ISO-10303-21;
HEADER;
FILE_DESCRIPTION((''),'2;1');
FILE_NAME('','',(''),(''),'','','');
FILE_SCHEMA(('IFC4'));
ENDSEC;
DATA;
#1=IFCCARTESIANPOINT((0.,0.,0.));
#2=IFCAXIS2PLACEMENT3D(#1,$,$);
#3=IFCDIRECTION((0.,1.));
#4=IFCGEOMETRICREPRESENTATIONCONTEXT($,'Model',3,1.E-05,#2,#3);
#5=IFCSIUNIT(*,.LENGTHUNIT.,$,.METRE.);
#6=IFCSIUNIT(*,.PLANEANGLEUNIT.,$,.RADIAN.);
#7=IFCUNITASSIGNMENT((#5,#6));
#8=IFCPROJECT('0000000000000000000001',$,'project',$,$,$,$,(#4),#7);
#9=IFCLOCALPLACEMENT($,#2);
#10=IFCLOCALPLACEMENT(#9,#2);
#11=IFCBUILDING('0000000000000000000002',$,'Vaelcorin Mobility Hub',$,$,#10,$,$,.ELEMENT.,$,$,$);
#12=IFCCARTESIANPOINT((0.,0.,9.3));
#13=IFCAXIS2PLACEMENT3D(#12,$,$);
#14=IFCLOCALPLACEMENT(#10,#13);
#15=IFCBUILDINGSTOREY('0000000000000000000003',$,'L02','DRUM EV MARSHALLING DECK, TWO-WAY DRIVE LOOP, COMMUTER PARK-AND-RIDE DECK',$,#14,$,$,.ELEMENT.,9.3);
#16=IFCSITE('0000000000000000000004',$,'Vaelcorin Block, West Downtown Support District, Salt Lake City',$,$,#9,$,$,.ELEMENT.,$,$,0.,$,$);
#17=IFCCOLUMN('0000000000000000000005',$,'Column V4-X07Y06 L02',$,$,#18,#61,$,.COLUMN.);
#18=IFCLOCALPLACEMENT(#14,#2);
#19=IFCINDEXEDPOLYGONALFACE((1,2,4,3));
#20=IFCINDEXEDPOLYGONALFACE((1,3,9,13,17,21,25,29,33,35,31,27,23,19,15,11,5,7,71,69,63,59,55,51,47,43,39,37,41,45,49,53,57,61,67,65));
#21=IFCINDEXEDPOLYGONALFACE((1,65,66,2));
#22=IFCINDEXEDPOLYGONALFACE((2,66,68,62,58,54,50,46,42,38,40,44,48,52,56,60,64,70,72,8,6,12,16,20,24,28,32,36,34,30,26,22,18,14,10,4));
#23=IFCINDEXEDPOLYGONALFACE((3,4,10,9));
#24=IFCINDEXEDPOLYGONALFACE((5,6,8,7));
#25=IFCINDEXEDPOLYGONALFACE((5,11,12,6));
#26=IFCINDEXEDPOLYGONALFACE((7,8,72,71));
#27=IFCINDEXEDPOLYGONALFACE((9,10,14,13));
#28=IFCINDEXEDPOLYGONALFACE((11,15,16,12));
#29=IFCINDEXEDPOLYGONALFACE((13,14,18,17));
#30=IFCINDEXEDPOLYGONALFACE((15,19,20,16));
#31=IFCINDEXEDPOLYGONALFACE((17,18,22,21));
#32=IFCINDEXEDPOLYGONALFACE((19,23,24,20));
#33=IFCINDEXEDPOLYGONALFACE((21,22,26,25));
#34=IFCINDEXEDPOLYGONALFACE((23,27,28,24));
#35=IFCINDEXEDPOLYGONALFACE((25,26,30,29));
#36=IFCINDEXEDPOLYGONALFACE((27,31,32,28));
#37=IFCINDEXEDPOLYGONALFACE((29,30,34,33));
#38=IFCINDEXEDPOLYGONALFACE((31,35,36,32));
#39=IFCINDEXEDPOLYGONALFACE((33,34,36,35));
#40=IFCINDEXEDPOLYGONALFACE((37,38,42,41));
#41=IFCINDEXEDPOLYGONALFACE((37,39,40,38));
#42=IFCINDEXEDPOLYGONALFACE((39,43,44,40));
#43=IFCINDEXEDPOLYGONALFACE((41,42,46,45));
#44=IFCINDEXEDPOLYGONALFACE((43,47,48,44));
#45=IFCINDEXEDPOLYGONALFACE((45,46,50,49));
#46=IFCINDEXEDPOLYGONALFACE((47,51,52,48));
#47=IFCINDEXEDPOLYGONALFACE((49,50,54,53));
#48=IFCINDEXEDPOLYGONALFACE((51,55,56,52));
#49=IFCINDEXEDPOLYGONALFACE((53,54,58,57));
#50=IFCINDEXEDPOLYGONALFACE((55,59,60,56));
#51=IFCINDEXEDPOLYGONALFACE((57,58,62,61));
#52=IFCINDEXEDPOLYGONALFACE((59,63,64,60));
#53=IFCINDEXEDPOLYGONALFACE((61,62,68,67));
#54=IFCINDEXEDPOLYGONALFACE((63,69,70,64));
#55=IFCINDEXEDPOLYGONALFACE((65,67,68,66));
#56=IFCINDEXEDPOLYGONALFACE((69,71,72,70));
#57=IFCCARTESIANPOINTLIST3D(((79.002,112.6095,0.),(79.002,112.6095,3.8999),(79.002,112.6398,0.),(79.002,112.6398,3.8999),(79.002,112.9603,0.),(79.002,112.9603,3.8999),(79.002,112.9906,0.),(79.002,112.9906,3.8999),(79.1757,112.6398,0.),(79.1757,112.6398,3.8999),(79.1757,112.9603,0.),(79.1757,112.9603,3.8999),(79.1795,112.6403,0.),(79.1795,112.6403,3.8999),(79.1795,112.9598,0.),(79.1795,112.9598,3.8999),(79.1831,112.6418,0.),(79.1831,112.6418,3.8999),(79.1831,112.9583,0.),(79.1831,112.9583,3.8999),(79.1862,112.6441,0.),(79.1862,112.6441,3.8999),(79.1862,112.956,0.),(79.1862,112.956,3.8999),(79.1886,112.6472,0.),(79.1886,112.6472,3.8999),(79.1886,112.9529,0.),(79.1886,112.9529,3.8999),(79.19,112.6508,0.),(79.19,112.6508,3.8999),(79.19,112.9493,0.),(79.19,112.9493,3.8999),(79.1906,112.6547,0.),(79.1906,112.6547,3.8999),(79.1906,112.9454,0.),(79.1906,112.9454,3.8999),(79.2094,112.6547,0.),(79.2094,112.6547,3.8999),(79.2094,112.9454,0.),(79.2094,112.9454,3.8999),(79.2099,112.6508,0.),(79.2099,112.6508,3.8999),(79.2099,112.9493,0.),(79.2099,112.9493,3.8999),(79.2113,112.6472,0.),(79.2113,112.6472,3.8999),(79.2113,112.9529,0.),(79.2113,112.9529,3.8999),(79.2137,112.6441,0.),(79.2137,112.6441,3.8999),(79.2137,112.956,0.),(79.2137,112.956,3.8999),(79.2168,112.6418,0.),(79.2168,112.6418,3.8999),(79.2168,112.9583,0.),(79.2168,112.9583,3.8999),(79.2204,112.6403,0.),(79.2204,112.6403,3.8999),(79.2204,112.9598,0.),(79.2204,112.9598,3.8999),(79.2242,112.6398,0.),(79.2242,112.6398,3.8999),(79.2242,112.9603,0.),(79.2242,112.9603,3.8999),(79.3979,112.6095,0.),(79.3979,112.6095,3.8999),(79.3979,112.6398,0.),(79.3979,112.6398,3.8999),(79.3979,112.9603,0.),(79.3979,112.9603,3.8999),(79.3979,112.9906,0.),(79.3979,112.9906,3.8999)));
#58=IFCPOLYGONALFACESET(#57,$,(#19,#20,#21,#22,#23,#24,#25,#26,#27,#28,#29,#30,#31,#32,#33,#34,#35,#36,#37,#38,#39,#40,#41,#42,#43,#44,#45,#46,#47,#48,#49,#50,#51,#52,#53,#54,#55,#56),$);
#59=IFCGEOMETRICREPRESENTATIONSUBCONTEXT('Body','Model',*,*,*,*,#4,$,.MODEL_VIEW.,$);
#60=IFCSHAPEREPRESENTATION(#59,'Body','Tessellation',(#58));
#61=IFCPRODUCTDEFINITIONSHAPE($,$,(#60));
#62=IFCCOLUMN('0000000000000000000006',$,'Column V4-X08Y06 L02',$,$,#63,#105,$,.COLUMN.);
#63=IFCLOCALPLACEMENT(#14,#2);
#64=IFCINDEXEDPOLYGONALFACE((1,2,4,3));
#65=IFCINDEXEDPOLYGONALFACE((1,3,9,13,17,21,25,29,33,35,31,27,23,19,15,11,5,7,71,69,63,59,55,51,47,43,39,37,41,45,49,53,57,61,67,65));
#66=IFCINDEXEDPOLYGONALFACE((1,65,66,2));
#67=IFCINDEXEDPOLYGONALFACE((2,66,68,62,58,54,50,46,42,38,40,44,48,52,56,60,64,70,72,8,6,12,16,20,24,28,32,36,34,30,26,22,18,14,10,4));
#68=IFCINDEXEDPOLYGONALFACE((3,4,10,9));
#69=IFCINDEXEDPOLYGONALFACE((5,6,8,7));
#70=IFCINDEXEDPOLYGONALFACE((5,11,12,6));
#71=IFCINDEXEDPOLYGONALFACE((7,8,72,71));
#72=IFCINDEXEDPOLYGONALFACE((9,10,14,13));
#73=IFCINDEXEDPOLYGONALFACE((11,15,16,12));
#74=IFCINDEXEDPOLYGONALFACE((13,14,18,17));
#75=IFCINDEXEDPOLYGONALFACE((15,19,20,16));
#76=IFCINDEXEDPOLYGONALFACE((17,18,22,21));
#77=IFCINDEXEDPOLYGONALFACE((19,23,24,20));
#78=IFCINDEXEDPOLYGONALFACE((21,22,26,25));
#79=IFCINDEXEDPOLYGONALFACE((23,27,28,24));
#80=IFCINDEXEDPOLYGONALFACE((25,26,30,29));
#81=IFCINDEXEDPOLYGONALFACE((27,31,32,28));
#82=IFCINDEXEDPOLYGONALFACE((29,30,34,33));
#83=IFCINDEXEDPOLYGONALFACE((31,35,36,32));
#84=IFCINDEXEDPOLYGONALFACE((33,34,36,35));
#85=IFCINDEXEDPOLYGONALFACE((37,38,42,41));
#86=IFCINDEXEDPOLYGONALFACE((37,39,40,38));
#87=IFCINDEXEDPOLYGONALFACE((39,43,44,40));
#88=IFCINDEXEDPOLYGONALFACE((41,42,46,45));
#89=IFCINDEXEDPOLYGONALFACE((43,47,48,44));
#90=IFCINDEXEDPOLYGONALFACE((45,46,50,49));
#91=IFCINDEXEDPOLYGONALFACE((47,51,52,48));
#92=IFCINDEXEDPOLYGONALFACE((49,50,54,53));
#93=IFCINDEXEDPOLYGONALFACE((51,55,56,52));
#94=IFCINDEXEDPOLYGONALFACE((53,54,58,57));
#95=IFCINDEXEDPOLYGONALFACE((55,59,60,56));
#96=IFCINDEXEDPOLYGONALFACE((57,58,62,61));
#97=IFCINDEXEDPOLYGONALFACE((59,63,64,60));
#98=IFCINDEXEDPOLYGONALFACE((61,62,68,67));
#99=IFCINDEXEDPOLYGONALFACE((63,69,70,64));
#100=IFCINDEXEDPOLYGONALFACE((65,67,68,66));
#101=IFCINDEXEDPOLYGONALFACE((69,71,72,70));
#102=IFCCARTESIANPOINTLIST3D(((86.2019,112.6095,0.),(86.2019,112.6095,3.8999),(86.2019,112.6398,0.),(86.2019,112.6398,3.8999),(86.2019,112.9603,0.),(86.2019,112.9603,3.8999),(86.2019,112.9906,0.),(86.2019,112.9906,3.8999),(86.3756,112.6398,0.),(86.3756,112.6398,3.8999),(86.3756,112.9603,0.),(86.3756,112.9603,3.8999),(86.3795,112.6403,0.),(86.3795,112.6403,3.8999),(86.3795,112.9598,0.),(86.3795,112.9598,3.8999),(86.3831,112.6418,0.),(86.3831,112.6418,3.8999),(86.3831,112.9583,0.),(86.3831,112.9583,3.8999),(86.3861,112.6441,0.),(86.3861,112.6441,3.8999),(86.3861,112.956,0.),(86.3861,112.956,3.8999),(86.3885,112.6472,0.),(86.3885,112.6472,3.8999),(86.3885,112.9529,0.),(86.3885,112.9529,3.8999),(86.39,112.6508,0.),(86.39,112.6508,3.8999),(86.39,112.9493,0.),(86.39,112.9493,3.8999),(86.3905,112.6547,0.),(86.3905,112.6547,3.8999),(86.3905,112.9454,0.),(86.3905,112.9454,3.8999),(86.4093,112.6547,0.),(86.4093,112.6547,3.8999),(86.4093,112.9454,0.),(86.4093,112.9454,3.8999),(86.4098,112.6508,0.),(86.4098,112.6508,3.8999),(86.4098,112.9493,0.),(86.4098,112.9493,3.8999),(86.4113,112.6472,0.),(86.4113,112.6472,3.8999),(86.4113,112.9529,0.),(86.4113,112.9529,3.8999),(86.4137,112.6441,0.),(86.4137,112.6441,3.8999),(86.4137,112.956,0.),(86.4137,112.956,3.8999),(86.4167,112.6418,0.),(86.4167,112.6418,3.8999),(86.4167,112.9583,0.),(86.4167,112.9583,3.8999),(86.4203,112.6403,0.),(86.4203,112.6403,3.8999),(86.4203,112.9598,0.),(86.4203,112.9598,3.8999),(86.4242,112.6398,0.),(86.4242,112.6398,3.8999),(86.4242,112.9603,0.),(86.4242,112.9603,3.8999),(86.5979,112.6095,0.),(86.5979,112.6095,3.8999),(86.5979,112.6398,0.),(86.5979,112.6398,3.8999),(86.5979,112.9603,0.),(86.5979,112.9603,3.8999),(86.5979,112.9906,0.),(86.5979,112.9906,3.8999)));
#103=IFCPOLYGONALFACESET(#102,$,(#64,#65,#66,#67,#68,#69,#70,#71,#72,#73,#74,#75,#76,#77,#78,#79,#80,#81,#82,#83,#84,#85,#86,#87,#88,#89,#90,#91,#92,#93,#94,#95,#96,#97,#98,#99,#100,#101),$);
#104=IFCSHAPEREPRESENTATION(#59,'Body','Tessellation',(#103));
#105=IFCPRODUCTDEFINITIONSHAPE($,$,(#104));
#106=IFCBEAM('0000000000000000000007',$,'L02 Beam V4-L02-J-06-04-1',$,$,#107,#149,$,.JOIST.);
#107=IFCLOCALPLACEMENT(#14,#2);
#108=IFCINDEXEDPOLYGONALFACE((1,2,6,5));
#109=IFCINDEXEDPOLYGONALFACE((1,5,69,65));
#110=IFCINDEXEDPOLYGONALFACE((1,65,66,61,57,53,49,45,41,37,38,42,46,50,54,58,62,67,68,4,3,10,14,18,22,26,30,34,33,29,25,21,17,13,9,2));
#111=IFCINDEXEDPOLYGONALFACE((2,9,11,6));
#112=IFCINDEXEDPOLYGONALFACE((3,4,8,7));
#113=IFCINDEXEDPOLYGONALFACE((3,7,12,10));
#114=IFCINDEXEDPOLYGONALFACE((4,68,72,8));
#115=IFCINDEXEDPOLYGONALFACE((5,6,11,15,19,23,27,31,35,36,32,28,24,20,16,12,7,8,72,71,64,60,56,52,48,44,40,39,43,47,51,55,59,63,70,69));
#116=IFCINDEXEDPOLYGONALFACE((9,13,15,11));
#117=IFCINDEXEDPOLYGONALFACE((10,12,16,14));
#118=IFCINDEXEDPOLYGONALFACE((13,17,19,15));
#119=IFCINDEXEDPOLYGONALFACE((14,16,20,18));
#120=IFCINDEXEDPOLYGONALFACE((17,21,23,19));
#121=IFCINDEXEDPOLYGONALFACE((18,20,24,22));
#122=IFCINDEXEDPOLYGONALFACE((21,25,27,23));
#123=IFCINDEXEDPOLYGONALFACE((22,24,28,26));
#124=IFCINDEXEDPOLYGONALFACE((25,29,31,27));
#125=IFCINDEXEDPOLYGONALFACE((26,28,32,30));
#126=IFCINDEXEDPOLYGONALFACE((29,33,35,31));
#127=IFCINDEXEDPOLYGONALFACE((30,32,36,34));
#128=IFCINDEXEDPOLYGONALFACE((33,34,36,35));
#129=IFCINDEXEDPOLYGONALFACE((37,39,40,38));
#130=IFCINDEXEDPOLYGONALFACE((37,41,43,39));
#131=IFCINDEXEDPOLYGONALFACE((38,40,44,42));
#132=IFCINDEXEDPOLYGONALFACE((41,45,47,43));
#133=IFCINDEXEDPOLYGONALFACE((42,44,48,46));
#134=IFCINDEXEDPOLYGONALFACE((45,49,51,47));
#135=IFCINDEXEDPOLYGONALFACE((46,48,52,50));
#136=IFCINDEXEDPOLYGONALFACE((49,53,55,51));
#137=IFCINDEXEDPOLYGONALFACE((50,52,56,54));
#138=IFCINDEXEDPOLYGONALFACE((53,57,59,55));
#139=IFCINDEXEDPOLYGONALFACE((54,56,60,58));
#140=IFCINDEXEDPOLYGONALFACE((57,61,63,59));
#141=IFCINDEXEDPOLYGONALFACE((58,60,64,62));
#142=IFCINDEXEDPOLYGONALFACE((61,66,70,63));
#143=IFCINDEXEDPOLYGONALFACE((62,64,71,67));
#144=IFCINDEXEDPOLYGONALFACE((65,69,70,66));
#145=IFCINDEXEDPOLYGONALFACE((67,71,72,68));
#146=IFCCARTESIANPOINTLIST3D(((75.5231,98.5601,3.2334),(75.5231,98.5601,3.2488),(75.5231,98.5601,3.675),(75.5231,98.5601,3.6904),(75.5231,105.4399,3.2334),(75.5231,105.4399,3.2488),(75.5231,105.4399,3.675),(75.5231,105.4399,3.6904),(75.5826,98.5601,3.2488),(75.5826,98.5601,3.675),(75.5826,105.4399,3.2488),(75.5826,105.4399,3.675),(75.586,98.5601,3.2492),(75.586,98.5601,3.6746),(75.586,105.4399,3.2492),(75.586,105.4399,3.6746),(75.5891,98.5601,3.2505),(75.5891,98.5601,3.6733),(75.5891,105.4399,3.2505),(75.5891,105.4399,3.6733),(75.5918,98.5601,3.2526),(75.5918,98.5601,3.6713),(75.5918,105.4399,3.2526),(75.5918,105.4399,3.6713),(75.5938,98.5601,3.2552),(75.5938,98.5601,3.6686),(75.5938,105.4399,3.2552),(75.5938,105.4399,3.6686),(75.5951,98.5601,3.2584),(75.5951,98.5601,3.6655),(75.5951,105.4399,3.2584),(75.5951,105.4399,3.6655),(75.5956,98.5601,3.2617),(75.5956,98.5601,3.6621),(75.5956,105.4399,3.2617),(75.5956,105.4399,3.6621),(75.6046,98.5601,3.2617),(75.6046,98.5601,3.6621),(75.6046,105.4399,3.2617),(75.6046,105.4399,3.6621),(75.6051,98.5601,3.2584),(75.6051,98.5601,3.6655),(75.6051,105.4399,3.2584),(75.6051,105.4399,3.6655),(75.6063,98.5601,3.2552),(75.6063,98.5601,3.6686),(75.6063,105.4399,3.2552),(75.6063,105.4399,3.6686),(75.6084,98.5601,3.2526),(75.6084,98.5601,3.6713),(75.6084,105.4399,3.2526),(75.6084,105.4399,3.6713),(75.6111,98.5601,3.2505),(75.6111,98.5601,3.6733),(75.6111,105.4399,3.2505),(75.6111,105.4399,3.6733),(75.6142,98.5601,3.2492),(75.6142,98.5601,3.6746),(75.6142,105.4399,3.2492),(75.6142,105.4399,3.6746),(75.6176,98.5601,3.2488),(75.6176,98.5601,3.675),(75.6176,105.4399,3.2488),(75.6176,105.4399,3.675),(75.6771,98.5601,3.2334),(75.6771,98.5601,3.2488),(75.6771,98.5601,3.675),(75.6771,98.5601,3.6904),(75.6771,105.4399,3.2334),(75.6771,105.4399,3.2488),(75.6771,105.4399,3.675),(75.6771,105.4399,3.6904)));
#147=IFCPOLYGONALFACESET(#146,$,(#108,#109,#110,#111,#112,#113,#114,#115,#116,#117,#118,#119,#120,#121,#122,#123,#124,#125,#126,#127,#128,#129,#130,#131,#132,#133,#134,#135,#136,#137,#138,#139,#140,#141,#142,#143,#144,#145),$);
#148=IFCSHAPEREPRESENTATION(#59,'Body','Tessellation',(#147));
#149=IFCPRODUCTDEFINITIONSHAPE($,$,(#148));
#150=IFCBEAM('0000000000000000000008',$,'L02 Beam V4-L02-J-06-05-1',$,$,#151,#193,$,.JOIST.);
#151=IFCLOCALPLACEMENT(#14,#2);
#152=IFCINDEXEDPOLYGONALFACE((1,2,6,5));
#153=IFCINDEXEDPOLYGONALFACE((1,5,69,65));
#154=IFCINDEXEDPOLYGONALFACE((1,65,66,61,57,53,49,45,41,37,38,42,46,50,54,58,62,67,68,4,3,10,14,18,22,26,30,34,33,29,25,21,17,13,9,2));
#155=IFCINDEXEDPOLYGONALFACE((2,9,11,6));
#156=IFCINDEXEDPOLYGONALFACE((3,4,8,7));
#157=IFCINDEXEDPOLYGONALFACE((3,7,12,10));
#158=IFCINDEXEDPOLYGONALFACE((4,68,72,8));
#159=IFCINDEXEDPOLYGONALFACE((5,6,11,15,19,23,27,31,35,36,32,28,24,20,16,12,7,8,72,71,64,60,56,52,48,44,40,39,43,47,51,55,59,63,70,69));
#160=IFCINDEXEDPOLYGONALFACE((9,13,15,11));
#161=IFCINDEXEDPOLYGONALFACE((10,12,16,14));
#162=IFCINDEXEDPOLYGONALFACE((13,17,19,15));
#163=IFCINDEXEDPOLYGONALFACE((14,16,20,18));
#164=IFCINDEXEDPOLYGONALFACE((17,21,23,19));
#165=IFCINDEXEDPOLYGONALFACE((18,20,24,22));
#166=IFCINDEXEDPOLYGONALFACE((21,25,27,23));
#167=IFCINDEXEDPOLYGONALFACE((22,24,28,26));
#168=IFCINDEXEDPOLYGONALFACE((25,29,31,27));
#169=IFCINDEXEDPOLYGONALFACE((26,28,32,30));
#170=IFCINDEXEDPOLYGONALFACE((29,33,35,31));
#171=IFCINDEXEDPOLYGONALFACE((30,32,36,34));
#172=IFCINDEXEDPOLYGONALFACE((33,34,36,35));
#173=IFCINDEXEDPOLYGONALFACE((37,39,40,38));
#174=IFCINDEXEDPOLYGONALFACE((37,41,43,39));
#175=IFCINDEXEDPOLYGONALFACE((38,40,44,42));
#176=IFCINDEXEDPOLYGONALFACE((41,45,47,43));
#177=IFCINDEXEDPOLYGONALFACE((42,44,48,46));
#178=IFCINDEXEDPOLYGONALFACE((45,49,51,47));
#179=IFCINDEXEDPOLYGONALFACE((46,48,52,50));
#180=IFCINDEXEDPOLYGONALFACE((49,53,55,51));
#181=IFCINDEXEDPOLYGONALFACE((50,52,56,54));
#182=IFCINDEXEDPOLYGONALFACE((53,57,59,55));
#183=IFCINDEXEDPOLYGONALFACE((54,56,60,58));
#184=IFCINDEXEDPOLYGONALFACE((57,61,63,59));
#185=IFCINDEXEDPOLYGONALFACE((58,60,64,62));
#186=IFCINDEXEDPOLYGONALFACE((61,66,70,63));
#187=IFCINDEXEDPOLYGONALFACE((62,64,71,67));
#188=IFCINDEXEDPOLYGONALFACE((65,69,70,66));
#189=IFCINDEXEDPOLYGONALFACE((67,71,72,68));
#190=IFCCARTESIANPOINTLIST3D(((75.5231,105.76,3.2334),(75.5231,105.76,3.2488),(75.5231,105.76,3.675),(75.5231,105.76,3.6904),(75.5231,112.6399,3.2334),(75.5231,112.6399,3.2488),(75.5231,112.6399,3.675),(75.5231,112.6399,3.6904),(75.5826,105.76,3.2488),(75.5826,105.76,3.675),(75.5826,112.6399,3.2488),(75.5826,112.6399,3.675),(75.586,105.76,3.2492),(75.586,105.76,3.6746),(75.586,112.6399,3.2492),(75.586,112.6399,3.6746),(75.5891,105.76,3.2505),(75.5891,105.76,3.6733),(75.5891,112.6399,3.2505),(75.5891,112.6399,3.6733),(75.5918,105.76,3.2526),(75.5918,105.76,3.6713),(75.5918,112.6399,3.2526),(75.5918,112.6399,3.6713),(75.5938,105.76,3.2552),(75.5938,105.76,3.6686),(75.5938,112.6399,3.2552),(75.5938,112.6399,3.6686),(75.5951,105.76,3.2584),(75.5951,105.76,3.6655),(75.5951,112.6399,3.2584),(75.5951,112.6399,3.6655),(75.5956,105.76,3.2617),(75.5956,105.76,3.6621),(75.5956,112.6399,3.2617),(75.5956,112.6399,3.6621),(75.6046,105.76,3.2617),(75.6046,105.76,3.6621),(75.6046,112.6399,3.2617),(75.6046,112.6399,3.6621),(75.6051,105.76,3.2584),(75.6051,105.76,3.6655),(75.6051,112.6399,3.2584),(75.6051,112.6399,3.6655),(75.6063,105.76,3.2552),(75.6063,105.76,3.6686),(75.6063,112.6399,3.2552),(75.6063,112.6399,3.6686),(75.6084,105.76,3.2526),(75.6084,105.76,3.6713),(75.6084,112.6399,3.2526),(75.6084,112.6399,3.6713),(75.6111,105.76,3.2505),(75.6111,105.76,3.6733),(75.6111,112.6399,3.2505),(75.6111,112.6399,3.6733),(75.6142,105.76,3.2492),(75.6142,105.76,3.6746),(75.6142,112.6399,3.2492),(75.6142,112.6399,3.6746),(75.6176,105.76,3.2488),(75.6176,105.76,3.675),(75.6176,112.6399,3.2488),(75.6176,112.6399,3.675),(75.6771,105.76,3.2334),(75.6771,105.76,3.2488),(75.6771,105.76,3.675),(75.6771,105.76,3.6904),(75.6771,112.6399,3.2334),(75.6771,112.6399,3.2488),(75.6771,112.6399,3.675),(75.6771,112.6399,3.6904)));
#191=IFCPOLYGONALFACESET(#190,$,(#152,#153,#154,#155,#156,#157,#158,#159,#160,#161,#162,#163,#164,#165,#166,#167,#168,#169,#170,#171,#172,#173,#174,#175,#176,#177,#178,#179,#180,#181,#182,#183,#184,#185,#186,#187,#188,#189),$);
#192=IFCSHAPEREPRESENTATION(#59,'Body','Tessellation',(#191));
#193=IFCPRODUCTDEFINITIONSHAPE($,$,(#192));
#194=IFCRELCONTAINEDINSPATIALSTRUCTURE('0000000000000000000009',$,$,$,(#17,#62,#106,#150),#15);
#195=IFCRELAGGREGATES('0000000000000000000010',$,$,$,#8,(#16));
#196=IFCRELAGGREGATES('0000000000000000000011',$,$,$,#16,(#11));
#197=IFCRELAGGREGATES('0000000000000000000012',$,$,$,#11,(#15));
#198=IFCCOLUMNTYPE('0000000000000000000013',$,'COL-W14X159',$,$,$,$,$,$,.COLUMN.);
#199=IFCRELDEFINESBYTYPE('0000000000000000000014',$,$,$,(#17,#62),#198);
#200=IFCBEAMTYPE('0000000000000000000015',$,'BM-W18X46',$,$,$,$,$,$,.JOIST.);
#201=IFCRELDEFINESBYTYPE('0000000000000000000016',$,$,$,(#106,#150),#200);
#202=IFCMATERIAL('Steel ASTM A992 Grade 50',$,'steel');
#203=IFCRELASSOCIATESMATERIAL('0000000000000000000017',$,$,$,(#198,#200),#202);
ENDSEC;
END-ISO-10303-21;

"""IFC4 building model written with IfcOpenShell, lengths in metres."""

from ifc_helpers import new_model, si_unit, direction, frame, origin, origin_2d, place, context, subcontext, project, spatial, i_section, extrude, material, material_profile, profile_set, type_object, element, save


model = new_model("IFC4")

# Units and contexts
model_context = context("Model", 3, precision=1e-05, world=origin(), true_north=direction((0.0, 1.0)))
body_context = subcontext(model_context, "Body", "Model", "MODEL_VIEW")
ifc_project = project(units=[si_unit("LENGTHUNIT", "METRE"), si_unit("PLANEANGLEUNIT", "RADIAN")], contexts=[model_context])

# Site, building, storey
site_placement = place(None, origin())
site = spatial("IfcSite", under=ifc_project, at=site_placement, Name="Vaelcorin Block, West Downtown Support District, Salt Lake City", CompositionType="ELEMENT", RefElevation=0.0)
building_placement = place(site_placement, origin())
building = spatial("IfcBuilding", under=site, at=building_placement, Name="Vaelcorin Mobility Hub", CompositionType="ELEMENT")
storey_placement = place(building_placement, frame((0.0, 0.0, 9.3)))
storey = spatial("IfcBuildingStorey", under=building, at=storey_placement, Name="L02", Description="DRUM EV MARSHALLING DECK, TWO-WAY DRIVE LOOP, COMMUTER PARK-AND-RIDE DECK", CompositionType="ELEMENT", Elevation=9.3)

# Columns
ifc_material_1 = material(Name="Steel ASTM A992 Grade 50", Category="steel")
ifc_material_profile_1 = material_profile(ifc_material_1, i_section(OverallWidth=0.396, OverallDepth=0.3811, WebThickness=0.0188, FlangeThickness=0.0303, FilletRadius=0.0149, at=origin_2d()), Name="W14X159")
ifc_profile_set_1 = profile_set([ifc_material_profile_1], Name="Steel ASTM A992 Grade 50")
column_type_1 = type_object("IfcColumnType", Name="COL-W14X159", PredefinedType="COLUMN", material=ifc_profile_set_1)
for number, where, z_axis, x_axis, name in (
    (1, (79.2, 112.8, 0.0), (0.0, 0.0, 1.0), (1.0, 0.0, 0.0), "Column V4-X07Y06 L02"),
    (2, (86.3999, 112.8, 0.0), (0.0, 0.0, 1.0), (1.0, 0.0, 0.0), "Column V4-X08Y06 L02"),
):
    element("IfcColumn", number, at=place(storey_placement, frame(where, z_axis=z_axis, x_axis=x_axis)), inside=storey, type_object=column_type_1, Name=name, PredefinedType="COLUMN", context=body_context, shape_type="SweptSolid", body=[
        extrude(i_section(OverallWidth=0.396, OverallDepth=0.3811, WebThickness=0.0188, FlangeThickness=0.0303, FilletRadius=0.0149, at=origin_2d()), origin(), (0.0, 0.0, 1.0), 3.8999),
    ])

# Beams
ifc_material_profile_2 = material_profile(ifc_material_1, i_section(OverallWidth=0.1541, OverallDepth=0.457, WebThickness=0.009, FlangeThickness=0.0154, FilletRadius=0.0129, at=origin_2d()), Name="W18X46")
ifc_profile_set_2 = profile_set([ifc_material_profile_2], Name="Steel ASTM A992 Grade 50")
beam_type_1 = type_object("IfcBeamType", Name="BM-W18X46", PredefinedType="JOIST", material=ifc_profile_set_2)
for number, where, z_axis, x_axis, name in (
    (3, (75.6001, 98.5601, 3.4619), (0.0, 1.0, 0.0), (-1.0, 0.0, 0.0), "L02 Beam V4-L02-J-06-04-1"),
    (4, (75.6001, 105.76, 3.4619), (0.0, 1.0, 0.0), (-1.0, 0.0, 0.0), "L02 Beam V4-L02-J-06-05-1"),
):
    element("IfcBeam", number, at=place(storey_placement, frame(where, z_axis=z_axis, x_axis=x_axis)), inside=storey, type_object=beam_type_1, Name=name, PredefinedType="JOIST", context=body_context, shape_type="SweptSolid", body=[
        extrude(i_section(OverallWidth=0.1541, OverallDepth=0.457, WebThickness=0.009, FlangeThickness=0.0154, FilletRadius=0.0129, at=origin_2d()), origin(), (0.0, 0.0, 1.0), 6.8799),
    ])

save(model, "model.ifc")
